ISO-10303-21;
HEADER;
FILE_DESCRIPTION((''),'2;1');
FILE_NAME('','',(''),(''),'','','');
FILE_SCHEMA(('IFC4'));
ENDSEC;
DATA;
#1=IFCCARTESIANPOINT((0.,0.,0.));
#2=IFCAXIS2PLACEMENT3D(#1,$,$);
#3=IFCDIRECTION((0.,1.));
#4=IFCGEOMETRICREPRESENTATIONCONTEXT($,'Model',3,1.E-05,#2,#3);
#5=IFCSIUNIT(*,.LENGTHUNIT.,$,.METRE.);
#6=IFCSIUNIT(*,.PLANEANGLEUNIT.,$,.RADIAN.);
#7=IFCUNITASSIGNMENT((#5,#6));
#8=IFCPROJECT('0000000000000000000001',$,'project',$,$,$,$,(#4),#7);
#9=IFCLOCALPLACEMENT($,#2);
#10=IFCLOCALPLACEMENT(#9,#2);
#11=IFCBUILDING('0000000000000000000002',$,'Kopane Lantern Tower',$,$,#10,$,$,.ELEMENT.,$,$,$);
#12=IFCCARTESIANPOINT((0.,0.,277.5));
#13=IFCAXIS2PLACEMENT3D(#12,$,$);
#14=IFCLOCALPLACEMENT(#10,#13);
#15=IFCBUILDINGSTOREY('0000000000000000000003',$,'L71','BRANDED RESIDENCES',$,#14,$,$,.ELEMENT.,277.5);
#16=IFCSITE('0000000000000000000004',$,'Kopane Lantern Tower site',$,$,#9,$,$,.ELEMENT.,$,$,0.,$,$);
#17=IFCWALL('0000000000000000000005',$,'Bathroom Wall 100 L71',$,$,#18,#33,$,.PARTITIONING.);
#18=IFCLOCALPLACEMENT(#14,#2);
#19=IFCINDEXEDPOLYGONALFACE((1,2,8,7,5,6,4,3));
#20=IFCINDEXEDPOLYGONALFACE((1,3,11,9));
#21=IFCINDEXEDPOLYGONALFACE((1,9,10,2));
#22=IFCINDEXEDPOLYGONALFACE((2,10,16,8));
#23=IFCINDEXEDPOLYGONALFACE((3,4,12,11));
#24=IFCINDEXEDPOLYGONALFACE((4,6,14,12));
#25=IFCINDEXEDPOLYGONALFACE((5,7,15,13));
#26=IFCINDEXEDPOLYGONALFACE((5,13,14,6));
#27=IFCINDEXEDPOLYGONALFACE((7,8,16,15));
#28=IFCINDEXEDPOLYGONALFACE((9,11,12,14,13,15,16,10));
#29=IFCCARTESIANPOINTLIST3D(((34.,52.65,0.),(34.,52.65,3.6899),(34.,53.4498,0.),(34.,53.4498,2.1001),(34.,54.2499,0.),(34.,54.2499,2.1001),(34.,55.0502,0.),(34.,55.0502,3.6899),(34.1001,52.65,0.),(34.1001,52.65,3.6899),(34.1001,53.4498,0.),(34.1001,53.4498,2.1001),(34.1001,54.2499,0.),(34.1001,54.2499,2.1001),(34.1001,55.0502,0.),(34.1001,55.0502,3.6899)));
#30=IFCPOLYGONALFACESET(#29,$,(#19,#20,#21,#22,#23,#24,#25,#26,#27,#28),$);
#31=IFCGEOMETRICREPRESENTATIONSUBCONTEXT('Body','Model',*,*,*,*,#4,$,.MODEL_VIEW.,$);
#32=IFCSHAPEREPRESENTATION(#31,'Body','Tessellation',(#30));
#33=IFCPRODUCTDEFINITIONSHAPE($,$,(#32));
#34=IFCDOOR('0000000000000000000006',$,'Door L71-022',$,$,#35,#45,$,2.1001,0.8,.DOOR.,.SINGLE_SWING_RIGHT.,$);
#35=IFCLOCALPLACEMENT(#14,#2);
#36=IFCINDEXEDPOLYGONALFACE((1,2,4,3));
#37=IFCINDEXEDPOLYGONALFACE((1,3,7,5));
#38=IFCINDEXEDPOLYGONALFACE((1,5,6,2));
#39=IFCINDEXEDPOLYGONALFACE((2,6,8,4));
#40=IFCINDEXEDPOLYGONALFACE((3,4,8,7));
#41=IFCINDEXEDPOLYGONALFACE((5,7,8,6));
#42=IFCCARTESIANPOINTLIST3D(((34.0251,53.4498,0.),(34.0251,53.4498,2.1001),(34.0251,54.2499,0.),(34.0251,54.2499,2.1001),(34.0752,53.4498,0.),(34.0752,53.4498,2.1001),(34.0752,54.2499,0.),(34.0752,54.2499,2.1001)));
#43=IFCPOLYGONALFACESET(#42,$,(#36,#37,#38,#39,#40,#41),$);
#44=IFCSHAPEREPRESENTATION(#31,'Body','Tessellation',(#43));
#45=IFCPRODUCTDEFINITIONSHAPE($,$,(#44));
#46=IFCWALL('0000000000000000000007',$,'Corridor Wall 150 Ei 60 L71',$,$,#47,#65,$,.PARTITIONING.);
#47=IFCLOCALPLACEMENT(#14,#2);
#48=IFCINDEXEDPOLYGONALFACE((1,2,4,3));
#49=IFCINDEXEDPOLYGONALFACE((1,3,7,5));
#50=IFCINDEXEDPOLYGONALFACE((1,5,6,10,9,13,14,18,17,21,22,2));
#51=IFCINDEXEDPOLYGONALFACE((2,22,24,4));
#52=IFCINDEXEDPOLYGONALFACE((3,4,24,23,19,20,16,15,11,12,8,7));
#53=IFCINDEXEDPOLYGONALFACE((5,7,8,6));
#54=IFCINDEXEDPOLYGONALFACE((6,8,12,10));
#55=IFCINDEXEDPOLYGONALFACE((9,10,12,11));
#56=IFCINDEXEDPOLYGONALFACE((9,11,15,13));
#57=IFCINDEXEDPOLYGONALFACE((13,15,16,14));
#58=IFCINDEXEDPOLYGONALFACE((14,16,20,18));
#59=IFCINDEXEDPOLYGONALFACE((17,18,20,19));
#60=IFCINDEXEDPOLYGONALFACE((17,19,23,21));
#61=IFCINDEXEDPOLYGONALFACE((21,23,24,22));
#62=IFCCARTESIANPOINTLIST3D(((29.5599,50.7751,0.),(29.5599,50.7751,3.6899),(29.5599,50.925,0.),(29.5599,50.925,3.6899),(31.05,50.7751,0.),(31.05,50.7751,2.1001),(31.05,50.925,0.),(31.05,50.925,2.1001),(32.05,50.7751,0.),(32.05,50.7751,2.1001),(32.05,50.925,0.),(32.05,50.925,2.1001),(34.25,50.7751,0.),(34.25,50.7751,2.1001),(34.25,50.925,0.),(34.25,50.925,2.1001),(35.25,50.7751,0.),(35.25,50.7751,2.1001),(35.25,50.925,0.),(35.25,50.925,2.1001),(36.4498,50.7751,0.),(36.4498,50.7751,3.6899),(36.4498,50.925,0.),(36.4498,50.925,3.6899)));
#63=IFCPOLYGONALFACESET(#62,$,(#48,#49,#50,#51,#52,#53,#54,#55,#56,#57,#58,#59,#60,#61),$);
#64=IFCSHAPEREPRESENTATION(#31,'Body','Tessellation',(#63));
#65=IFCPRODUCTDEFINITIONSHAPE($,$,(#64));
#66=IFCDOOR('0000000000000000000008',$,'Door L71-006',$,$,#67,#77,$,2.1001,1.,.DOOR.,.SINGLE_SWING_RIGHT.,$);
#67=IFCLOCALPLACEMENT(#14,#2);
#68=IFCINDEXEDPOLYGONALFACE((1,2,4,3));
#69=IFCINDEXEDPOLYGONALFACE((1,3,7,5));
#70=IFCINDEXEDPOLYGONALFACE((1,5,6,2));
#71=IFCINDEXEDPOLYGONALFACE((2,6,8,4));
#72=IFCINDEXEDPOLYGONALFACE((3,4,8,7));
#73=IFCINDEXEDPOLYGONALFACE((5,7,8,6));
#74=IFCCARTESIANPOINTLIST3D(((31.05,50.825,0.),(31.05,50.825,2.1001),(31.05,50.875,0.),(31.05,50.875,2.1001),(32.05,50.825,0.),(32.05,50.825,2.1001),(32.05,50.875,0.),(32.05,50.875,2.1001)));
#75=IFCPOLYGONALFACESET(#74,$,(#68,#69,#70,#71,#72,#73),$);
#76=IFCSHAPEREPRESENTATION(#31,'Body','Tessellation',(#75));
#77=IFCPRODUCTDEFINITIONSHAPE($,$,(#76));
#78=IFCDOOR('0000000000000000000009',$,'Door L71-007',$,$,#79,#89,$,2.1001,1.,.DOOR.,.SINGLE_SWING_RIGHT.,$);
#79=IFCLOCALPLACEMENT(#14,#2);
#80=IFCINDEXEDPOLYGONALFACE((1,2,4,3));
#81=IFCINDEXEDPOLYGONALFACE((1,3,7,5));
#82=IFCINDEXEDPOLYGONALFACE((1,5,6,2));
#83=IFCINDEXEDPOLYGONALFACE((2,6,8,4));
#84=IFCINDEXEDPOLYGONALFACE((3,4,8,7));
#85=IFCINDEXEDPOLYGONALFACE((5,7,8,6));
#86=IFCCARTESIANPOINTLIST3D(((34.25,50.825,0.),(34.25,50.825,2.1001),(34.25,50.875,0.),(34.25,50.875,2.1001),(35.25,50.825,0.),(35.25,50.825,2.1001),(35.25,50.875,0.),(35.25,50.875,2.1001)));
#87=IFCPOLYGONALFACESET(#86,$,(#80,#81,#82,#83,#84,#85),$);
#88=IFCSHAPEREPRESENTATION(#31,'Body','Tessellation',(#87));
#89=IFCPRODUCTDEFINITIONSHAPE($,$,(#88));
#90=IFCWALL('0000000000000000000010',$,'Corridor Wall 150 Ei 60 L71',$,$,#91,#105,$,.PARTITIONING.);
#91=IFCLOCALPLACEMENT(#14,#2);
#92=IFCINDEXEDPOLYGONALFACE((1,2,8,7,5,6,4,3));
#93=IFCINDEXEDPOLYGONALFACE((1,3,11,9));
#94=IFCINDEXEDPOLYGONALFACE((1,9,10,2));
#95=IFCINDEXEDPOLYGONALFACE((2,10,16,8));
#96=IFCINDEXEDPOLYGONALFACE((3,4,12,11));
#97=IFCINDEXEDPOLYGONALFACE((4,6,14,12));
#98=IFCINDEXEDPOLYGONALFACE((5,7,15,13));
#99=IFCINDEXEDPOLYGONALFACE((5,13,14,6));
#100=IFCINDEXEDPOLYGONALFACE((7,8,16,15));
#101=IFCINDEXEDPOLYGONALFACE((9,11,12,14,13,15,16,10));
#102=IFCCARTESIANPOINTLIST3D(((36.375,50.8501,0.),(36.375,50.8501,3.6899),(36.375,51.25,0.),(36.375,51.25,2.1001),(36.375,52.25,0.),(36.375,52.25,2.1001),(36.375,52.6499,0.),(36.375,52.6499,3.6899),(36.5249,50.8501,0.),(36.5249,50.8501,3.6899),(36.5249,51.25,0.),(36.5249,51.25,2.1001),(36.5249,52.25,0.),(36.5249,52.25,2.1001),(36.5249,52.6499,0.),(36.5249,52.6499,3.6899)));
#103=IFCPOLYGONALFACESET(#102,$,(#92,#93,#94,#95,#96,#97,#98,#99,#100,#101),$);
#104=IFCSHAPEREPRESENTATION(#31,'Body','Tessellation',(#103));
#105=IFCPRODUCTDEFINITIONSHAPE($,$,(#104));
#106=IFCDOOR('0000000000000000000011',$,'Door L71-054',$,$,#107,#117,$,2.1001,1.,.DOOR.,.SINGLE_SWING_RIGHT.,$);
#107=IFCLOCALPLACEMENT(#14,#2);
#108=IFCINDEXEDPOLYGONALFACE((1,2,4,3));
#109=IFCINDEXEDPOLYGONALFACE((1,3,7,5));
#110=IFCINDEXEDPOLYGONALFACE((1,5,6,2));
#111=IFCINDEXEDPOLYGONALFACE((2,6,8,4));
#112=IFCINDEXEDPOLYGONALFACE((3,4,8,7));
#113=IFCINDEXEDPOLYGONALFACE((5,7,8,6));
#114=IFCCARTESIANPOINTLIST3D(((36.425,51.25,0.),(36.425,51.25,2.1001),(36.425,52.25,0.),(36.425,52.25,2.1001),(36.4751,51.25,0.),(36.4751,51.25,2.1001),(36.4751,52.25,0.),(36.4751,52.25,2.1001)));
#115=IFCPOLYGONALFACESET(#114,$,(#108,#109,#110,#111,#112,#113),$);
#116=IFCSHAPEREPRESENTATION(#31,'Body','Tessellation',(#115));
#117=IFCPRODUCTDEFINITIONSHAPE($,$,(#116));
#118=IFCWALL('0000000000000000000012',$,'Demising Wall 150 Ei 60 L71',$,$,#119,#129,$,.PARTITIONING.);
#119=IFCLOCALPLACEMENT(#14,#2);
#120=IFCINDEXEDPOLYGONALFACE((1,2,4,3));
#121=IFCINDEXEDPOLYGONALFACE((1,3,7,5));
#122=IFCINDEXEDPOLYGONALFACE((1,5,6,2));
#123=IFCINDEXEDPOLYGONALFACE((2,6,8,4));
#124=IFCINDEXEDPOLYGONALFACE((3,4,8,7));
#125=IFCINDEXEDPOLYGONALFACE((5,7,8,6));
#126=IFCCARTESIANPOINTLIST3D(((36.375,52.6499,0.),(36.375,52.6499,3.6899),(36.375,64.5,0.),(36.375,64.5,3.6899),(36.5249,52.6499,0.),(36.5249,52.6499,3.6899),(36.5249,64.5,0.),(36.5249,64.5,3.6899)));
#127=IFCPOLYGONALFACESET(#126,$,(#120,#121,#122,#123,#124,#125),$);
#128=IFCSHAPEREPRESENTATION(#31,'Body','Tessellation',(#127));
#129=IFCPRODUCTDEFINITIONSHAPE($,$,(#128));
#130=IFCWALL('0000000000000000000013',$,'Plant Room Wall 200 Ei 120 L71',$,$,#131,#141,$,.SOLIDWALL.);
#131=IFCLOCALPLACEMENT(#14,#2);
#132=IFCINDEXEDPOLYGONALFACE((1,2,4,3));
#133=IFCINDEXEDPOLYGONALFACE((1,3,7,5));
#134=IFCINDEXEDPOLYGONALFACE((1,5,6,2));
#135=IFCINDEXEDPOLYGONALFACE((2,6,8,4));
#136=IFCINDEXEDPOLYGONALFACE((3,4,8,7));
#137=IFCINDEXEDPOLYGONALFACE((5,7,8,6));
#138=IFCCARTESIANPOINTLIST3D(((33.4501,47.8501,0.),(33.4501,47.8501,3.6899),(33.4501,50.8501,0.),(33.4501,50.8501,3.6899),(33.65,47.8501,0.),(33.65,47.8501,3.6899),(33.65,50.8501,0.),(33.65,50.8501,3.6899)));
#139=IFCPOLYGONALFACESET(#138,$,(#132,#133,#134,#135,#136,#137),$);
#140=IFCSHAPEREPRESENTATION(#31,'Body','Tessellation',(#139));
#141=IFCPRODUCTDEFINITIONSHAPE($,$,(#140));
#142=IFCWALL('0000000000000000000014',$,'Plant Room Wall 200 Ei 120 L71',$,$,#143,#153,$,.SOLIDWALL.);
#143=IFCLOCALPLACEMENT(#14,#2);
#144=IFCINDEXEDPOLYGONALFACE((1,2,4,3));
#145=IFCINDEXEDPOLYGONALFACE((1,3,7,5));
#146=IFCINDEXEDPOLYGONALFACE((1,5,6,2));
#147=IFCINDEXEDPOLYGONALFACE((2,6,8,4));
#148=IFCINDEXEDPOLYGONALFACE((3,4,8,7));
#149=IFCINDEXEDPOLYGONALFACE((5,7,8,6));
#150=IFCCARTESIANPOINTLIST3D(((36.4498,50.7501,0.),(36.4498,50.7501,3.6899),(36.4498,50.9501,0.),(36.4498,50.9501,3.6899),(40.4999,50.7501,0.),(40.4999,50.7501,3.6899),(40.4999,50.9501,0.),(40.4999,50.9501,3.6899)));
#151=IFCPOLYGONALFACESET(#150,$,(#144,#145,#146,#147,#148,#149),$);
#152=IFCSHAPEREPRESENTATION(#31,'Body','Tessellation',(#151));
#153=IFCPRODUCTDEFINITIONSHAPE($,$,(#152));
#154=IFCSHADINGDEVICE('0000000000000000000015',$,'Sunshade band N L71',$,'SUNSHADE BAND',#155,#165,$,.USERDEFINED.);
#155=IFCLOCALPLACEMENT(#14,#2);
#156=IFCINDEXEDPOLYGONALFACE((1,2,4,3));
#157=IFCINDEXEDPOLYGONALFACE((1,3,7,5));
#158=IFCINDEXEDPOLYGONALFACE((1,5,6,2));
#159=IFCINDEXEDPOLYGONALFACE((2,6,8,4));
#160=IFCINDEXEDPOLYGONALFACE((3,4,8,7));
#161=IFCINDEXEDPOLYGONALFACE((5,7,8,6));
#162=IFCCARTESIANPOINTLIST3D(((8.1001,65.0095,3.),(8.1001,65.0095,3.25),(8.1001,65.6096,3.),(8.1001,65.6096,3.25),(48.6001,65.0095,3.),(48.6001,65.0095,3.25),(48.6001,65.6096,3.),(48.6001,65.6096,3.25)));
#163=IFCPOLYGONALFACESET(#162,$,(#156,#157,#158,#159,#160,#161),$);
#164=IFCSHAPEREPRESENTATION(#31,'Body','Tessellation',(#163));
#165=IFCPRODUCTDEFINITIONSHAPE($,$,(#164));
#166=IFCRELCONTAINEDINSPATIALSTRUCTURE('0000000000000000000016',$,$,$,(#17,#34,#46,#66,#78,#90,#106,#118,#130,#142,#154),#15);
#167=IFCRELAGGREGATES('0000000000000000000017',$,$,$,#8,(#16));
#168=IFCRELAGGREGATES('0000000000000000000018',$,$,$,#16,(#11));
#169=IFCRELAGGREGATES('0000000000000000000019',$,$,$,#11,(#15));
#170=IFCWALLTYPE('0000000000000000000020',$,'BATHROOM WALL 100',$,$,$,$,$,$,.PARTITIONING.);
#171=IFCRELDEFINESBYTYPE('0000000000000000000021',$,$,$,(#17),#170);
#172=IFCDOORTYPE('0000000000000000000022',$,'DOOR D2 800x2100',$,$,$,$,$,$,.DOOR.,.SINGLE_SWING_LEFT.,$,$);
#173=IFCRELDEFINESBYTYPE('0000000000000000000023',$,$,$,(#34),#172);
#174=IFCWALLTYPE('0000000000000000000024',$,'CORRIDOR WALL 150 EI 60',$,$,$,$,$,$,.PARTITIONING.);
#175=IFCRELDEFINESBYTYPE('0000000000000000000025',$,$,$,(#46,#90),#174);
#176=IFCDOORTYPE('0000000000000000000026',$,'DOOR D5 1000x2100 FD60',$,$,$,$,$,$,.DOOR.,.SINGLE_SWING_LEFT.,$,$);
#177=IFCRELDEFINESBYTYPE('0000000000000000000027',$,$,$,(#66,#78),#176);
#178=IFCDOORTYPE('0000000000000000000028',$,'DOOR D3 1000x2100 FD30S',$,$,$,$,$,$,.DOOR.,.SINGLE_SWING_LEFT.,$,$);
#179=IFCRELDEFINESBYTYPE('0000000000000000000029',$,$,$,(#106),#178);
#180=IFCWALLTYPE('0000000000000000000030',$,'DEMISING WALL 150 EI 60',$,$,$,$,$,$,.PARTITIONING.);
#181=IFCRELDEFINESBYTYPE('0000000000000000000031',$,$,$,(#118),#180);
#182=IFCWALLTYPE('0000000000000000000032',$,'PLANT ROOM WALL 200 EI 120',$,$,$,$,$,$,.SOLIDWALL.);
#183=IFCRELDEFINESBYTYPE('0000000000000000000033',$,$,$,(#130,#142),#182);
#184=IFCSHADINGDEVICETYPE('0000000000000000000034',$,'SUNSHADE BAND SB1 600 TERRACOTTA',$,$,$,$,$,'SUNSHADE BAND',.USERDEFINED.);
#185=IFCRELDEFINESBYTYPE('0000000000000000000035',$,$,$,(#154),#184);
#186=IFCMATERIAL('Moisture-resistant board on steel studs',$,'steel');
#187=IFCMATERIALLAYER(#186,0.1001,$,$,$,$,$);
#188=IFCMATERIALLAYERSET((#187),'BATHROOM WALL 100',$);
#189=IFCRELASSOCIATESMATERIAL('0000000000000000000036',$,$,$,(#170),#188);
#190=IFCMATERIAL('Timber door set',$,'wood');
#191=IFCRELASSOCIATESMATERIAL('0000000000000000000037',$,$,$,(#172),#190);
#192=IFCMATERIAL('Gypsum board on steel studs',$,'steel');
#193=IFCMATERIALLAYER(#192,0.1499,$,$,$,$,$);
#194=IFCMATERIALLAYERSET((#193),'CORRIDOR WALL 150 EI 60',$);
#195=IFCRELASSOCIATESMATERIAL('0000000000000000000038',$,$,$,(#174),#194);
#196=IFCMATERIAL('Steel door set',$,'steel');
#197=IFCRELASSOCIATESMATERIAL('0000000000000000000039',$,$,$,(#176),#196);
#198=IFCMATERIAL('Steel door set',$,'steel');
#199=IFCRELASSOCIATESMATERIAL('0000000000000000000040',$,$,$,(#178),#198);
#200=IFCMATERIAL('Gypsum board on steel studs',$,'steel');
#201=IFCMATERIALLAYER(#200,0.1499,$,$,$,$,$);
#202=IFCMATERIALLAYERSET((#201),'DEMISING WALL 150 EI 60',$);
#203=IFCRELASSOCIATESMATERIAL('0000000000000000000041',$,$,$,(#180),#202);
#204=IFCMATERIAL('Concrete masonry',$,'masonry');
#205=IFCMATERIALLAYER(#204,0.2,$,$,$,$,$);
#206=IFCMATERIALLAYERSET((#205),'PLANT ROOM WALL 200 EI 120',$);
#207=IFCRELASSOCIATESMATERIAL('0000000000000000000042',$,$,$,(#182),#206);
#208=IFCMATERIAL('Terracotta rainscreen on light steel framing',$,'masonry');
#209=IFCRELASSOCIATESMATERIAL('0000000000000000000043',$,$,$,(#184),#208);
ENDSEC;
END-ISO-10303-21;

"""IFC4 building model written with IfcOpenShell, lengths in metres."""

from ifc_helpers import new_model, si_unit, direction, frame, frame_2d, origin, origin_2d, place, context, subcontext, project, spatial, rectangle, extrude, material, layer, layer_set, type_object, element, fill, save


model = new_model("IFC4")

# Units and contexts
model_context = context("Model", 3, precision=1e-05, world=origin(), true_north=direction((0.0, 1.0)))
body_context = subcontext(model_context, "Body", "Model", "MODEL_VIEW")
ifc_project = project(units=[si_unit("LENGTHUNIT", "METRE"), si_unit("PLANEANGLEUNIT", "RADIAN")], contexts=[model_context])

# Site, building, storey
site_placement = place(None, origin())
site = spatial("IfcSite", under=ifc_project, at=site_placement, Name="Kopane Lantern Tower site", CompositionType="ELEMENT", RefElevation=0.0)
building_placement = place(site_placement, origin())
building = spatial("IfcBuilding", under=site, at=building_placement, Name="Kopane Lantern Tower", CompositionType="ELEMENT")
storey_placement = place(building_placement, frame((0.0, 0.0, 277.5)))
storey = spatial("IfcBuildingStorey", under=building, at=storey_placement, Name="L71", Description="BRANDED RESIDENCES", CompositionType="ELEMENT", Elevation=277.5)

# Wall, opening, door
ifc_material_1 = material(Name="Moisture-resistant board on steel studs", Category="steel")
ifc_layer_1 = layer(ifc_material_1, 0.1001)
ifc_layer_set_1 = layer_set([ifc_layer_1], Name="BATHROOM WALL 100")
wall_type_1 = type_object("IfcWallType", Name="BATHROOM WALL 100", PredefinedType="PARTITIONING", material=ifc_layer_set_1)
wall_1_placement = place(storey_placement, frame((34.05, 52.6499, 0.0), z_axis=(0.0, 0.0, 1.0), x_axis=(0.0, 1.0, 0.0)))
wall_1 = element("IfcWall", 1, at=wall_1_placement, inside=storey, type_object=wall_type_1, Name="Bathroom Wall 100 L71", PredefinedType="PARTITIONING", context=body_context, shape_type="SweptSolid", body=[
    extrude(rectangle(XDim=2.4001, YDim=0.1001, at=frame_2d((1.2002, 0.0))), origin(), (0.0, 0.0, 1.0), 3.6899),
])
opening_1_placement = place(wall_1_placement, frame((0.8, 0.0, 0.0)))
opening_1 = element("IfcOpeningElement", 2, at=opening_1_placement, cuts=wall_1, PredefinedType="OPENING", context=body_context, shape_type="SweptSolid", body=[
    extrude(rectangle(XDim=0.8, YDim=2.1001, at=frame_2d((0.3999, 1.05))), frame((0.0, 0.0601, 0.0), z_axis=(0.0, -1.0, 0.0), x_axis=(1.0, 0.0, 0.0)), (0.0, 0.0, 1.0), 0.1201),
])
ifc_material_2 = material(Name="Timber door set", Category="wood")
door_type_1 = type_object("IfcDoorType", Name="DOOR D2 800x2100", OperationType="SINGLE_SWING_LEFT", PredefinedType="DOOR", material=ifc_material_2)
door_1_placement = place(opening_1_placement, origin())
door_1 = element("IfcDoor", 3, at=door_1_placement, inside=storey, type_object=door_type_1, Name="Door L71-022", OperationType="SINGLE_SWING_RIGHT", OverallHeight=2.1001, OverallWidth=0.8, PredefinedType="DOOR", context=body_context, shape_type="SweptSolid", body=[
    extrude(rectangle(XDim=0.8, YDim=2.1001, at=frame_2d((0.3999, 1.05))), frame((0.0, 0.0249, 0.0), z_axis=(0.0, -1.0, 0.0), x_axis=(1.0, 0.0, 0.0)), (0.0, 0.0, 1.0), 0.05),
])
fill(opening_1, door_1)

# Wall, openings, doors
ifc_material_3 = material(Name="Gypsum board on steel studs", Category="steel")
ifc_layer_2 = layer(ifc_material_3, 0.1499)
ifc_layer_set_2 = layer_set([ifc_layer_2], Name="CORRIDOR WALL 150 EI 60")
wall_type_2 = type_object("IfcWallType", Name="CORRIDOR WALL 150 EI 60", PredefinedType="PARTITIONING", material=ifc_layer_set_2)
wall_2_placement = place(storey_placement, frame((29.5601, 50.8501, 0.0), z_axis=(0.0, 0.0, 1.0), x_axis=(1.0, 0.0, 0.0)))
wall_2 = element("IfcWall", 4, at=wall_2_placement, inside=storey, type_object=wall_type_2, Name="Corridor Wall 150 Ei 60 L71", PredefinedType="PARTITIONING", context=body_context, shape_type="SweptSolid", body=[
    extrude(rectangle(XDim=6.8899, YDim=0.1499, at=frame_2d((3.4448, 0.0))), origin(), (0.0, 0.0, 1.0), 3.6899),
])
opening_2_placement = place(wall_2_placement, frame((1.49, 0.0, 0.0)))
opening_2 = element("IfcOpeningElement", 5, at=opening_2_placement, cuts=wall_2, PredefinedType="OPENING", context=body_context, shape_type="SweptSolid", body=[
    extrude(rectangle(XDim=1.0, YDim=2.1001, at=frame_2d((0.5, 1.05))), frame((0.0, 0.085, 0.0), z_axis=(0.0, -1.0, 0.0), x_axis=(1.0, 0.0, 0.0)), (0.0, 0.0, 1.0), 0.1699),
])
opening_3_placement = place(wall_2_placement, frame((4.6899, 0.0, 0.0)))
opening_3 = element("IfcOpeningElement", 6, at=opening_3_placement, cuts=wall_2, PredefinedType="OPENING", context=body_context, shape_type="SweptSolid", body=[
    extrude(rectangle(XDim=1.0, YDim=2.1001, at=frame_2d((0.5, 1.05))), frame((0.0, 0.085, 0.0), z_axis=(0.0, -1.0, 0.0), x_axis=(1.0, 0.0, 0.0)), (0.0, 0.0, 1.0), 0.1699),
])
ifc_material_4 = material(Name="Steel door set", Category="steel")
door_type_2 = type_object("IfcDoorType", Name="DOOR D5 1000x2100 FD60", OperationType="SINGLE_SWING_LEFT", PredefinedType="DOOR", material=ifc_material_4)
door_2_placement = place(opening_2_placement, origin())
door_2 = element("IfcDoor", 7, at=door_2_placement, inside=storey, type_object=door_type_2, Name="Door L71-006", OperationType="SINGLE_SWING_RIGHT", OverallHeight=2.1001, OverallWidth=1.0, PredefinedType="DOOR", context=body_context, shape_type="SweptSolid", body=[
    extrude(rectangle(XDim=1.0, YDim=2.1001, at=frame_2d((0.5, 1.05))), frame((0.0, 0.0249, 0.0), z_axis=(0.0, -1.0, 0.0), x_axis=(1.0, 0.0, 0.0)), (0.0, 0.0, 1.0), 0.05),
])
fill(opening_2, door_2)
door_3_placement = place(opening_3_placement, origin())
door_3 = element("IfcDoor", 8, at=door_3_placement, inside=storey, type_object=door_type_2, Name="Door L71-007", OperationType="SINGLE_SWING_RIGHT", OverallHeight=2.1001, OverallWidth=1.0, PredefinedType="DOOR", context=body_context, shape_type="SweptSolid", body=[
    extrude(rectangle(XDim=1.0, YDim=2.1001, at=frame_2d((0.5, 1.05))), frame((0.0, 0.0249, 0.0), z_axis=(0.0, -1.0, 0.0), x_axis=(1.0, 0.0, 0.0)), (0.0, 0.0, 1.0), 0.05),
])
fill(opening_3, door_3)

# Wall, opening, door
wall_3_placement = place(storey_placement, frame((36.45, 50.8501, 0.0), z_axis=(0.0, 0.0, 1.0), x_axis=(0.0, 1.0, 0.0)))
wall_3 = element("IfcWall", 9, at=wall_3_placement, inside=storey, type_object=wall_type_2, Name="Corridor Wall 150 Ei 60 L71", PredefinedType="PARTITIONING", context=body_context, shape_type="SweptSolid", body=[
    extrude(rectangle(XDim=1.7998, YDim=0.1499, at=frame_2d((0.8999, 0.0))), origin(), (0.0, 0.0, 1.0), 3.6899),
])
opening_4_placement = place(wall_3_placement, frame((0.3999, 0.0, 0.0)))
opening_4 = element("IfcOpeningElement", 10, at=opening_4_placement, cuts=wall_3, PredefinedType="OPENING", context=body_context, shape_type="SweptSolid", body=[
    extrude(rectangle(XDim=1.0, YDim=2.1001, at=frame_2d((0.5, 1.05))), frame((0.0, 0.085, 0.0), z_axis=(0.0, -1.0, 0.0), x_axis=(1.0, 0.0, 0.0)), (0.0, 0.0, 1.0), 0.1699),
])
ifc_material_5 = material(Name="Steel door set", Category="steel")
door_type_3 = type_object("IfcDoorType", Name="DOOR D3 1000x2100 FD30S", OperationType="SINGLE_SWING_LEFT", PredefinedType="DOOR", material=ifc_material_5)
door_4_placement = place(opening_4_placement, origin())
door_4 = element("IfcDoor", 11, at=door_4_placement, inside=storey, type_object=door_type_3, Name="Door L71-054", OperationType="SINGLE_SWING_RIGHT", OverallHeight=2.1001, OverallWidth=1.0, PredefinedType="DOOR", context=body_context, shape_type="SweptSolid", body=[
    extrude(rectangle(XDim=1.0, YDim=2.1001, at=frame_2d((0.5, 1.05))), frame((0.0, 0.0249, 0.0), z_axis=(0.0, -1.0, 0.0), x_axis=(1.0, 0.0, 0.0)), (0.0, 0.0, 1.0), 0.05),
])
fill(opening_4, door_4)

# Walls
ifc_material_6 = material(Name="Gypsum board on steel studs", Category="steel")
ifc_layer_3 = layer(ifc_material_6, 0.1499)
ifc_layer_set_3 = layer_set([ifc_layer_3], Name="DEMISING WALL 150 EI 60")
wall_type_3 = type_object("IfcWallType", Name="DEMISING WALL 150 EI 60", PredefinedType="PARTITIONING", material=ifc_layer_set_3)
wall_4_placement = place(storey_placement, frame((36.45, 64.5, 0.0), z_axis=(0.0, 0.0, 1.0), x_axis=(0.0, -1.0, 0.0)))
element("IfcWall", 12, at=wall_4_placement, inside=storey, type_object=wall_type_3, Name="Demising Wall 150 Ei 60 L71", PredefinedType="PARTITIONING", context=body_context, shape_type="SweptSolid", body=[
    extrude(rectangle(XDim=11.8501, YDim=0.1499, at=frame_2d((5.925, 0.0))), origin(), (0.0, 0.0, 1.0), 3.6899),
])
ifc_material_7 = material(Name="Concrete masonry", Category="masonry")
ifc_layer_4 = layer(ifc_material_7, 0.2)
ifc_layer_set_4 = layer_set([ifc_layer_4], Name="PLANT ROOM WALL 200 EI 120")
wall_type_4 = type_object("IfcWallType", Name="PLANT ROOM WALL 200 EI 120", PredefinedType="SOLIDWALL", material=ifc_layer_set_4)
wall_5_placement = place(storey_placement, frame((33.55, 50.8501, 0.0), z_axis=(0.0, 0.0, 1.0), x_axis=(0.0, -1.0, 0.0)))
element("IfcWall", 13, at=wall_5_placement, inside=storey, type_object=wall_type_4, Name="Plant Room Wall 200 Ei 120 L71", PredefinedType="SOLIDWALL", context=body_context, shape_type="SweptSolid", body=[
    extrude(rectangle(XDim=3.0, YDim=0.2, at=frame_2d((1.5, 0.0))), origin(), (0.0, 0.0, 1.0), 3.6899),
])
wall_6_placement = place(storey_placement, frame((36.45, 50.8501, 0.0), z_axis=(0.0, 0.0, 1.0), x_axis=(1.0, 0.0, 0.0)))
element("IfcWall", 14, at=wall_6_placement, inside=storey, type_object=wall_type_4, Name="Plant Room Wall 200 Ei 120 L71", PredefinedType="SOLIDWALL", context=body_context, shape_type="SweptSolid", body=[
    extrude(rectangle(XDim=4.05, YDim=0.2, at=frame_2d((2.0249, 0.0))), origin(), (0.0, 0.0, 1.0), 3.6899),
])

# Shading device
ifc_material_8 = material(Name="Terracotta rainscreen on light steel framing", Category="masonry")
shading_device_type = type_object("IfcShadingDeviceType", Name="SUNSHADE BAND SB1 600 TERRACOTTA", ElementType="SUNSHADE BAND", PredefinedType="USERDEFINED", material=ifc_material_8)
shading_device_placement = place(storey_placement, frame((28.3501, 65.3096, 3.0), z_axis=(0.0, 0.0, 1.0), x_axis=(-1.0, 0.0, 0.0)))
element("IfcShadingDevice", 15, at=shading_device_placement, inside=storey, type_object=shading_device_type, Name="Sunshade band N L71", ObjectType="SUNSHADE BAND", PredefinedType="USERDEFINED", context=body_context, shape_type="SweptSolid", body=[
    extrude(rectangle(XDim=40.5, YDim=0.6001, at=origin_2d()), origin(), (0.0, 0.0, 1.0), 0.25),
])

save(model, "model.ifc")
